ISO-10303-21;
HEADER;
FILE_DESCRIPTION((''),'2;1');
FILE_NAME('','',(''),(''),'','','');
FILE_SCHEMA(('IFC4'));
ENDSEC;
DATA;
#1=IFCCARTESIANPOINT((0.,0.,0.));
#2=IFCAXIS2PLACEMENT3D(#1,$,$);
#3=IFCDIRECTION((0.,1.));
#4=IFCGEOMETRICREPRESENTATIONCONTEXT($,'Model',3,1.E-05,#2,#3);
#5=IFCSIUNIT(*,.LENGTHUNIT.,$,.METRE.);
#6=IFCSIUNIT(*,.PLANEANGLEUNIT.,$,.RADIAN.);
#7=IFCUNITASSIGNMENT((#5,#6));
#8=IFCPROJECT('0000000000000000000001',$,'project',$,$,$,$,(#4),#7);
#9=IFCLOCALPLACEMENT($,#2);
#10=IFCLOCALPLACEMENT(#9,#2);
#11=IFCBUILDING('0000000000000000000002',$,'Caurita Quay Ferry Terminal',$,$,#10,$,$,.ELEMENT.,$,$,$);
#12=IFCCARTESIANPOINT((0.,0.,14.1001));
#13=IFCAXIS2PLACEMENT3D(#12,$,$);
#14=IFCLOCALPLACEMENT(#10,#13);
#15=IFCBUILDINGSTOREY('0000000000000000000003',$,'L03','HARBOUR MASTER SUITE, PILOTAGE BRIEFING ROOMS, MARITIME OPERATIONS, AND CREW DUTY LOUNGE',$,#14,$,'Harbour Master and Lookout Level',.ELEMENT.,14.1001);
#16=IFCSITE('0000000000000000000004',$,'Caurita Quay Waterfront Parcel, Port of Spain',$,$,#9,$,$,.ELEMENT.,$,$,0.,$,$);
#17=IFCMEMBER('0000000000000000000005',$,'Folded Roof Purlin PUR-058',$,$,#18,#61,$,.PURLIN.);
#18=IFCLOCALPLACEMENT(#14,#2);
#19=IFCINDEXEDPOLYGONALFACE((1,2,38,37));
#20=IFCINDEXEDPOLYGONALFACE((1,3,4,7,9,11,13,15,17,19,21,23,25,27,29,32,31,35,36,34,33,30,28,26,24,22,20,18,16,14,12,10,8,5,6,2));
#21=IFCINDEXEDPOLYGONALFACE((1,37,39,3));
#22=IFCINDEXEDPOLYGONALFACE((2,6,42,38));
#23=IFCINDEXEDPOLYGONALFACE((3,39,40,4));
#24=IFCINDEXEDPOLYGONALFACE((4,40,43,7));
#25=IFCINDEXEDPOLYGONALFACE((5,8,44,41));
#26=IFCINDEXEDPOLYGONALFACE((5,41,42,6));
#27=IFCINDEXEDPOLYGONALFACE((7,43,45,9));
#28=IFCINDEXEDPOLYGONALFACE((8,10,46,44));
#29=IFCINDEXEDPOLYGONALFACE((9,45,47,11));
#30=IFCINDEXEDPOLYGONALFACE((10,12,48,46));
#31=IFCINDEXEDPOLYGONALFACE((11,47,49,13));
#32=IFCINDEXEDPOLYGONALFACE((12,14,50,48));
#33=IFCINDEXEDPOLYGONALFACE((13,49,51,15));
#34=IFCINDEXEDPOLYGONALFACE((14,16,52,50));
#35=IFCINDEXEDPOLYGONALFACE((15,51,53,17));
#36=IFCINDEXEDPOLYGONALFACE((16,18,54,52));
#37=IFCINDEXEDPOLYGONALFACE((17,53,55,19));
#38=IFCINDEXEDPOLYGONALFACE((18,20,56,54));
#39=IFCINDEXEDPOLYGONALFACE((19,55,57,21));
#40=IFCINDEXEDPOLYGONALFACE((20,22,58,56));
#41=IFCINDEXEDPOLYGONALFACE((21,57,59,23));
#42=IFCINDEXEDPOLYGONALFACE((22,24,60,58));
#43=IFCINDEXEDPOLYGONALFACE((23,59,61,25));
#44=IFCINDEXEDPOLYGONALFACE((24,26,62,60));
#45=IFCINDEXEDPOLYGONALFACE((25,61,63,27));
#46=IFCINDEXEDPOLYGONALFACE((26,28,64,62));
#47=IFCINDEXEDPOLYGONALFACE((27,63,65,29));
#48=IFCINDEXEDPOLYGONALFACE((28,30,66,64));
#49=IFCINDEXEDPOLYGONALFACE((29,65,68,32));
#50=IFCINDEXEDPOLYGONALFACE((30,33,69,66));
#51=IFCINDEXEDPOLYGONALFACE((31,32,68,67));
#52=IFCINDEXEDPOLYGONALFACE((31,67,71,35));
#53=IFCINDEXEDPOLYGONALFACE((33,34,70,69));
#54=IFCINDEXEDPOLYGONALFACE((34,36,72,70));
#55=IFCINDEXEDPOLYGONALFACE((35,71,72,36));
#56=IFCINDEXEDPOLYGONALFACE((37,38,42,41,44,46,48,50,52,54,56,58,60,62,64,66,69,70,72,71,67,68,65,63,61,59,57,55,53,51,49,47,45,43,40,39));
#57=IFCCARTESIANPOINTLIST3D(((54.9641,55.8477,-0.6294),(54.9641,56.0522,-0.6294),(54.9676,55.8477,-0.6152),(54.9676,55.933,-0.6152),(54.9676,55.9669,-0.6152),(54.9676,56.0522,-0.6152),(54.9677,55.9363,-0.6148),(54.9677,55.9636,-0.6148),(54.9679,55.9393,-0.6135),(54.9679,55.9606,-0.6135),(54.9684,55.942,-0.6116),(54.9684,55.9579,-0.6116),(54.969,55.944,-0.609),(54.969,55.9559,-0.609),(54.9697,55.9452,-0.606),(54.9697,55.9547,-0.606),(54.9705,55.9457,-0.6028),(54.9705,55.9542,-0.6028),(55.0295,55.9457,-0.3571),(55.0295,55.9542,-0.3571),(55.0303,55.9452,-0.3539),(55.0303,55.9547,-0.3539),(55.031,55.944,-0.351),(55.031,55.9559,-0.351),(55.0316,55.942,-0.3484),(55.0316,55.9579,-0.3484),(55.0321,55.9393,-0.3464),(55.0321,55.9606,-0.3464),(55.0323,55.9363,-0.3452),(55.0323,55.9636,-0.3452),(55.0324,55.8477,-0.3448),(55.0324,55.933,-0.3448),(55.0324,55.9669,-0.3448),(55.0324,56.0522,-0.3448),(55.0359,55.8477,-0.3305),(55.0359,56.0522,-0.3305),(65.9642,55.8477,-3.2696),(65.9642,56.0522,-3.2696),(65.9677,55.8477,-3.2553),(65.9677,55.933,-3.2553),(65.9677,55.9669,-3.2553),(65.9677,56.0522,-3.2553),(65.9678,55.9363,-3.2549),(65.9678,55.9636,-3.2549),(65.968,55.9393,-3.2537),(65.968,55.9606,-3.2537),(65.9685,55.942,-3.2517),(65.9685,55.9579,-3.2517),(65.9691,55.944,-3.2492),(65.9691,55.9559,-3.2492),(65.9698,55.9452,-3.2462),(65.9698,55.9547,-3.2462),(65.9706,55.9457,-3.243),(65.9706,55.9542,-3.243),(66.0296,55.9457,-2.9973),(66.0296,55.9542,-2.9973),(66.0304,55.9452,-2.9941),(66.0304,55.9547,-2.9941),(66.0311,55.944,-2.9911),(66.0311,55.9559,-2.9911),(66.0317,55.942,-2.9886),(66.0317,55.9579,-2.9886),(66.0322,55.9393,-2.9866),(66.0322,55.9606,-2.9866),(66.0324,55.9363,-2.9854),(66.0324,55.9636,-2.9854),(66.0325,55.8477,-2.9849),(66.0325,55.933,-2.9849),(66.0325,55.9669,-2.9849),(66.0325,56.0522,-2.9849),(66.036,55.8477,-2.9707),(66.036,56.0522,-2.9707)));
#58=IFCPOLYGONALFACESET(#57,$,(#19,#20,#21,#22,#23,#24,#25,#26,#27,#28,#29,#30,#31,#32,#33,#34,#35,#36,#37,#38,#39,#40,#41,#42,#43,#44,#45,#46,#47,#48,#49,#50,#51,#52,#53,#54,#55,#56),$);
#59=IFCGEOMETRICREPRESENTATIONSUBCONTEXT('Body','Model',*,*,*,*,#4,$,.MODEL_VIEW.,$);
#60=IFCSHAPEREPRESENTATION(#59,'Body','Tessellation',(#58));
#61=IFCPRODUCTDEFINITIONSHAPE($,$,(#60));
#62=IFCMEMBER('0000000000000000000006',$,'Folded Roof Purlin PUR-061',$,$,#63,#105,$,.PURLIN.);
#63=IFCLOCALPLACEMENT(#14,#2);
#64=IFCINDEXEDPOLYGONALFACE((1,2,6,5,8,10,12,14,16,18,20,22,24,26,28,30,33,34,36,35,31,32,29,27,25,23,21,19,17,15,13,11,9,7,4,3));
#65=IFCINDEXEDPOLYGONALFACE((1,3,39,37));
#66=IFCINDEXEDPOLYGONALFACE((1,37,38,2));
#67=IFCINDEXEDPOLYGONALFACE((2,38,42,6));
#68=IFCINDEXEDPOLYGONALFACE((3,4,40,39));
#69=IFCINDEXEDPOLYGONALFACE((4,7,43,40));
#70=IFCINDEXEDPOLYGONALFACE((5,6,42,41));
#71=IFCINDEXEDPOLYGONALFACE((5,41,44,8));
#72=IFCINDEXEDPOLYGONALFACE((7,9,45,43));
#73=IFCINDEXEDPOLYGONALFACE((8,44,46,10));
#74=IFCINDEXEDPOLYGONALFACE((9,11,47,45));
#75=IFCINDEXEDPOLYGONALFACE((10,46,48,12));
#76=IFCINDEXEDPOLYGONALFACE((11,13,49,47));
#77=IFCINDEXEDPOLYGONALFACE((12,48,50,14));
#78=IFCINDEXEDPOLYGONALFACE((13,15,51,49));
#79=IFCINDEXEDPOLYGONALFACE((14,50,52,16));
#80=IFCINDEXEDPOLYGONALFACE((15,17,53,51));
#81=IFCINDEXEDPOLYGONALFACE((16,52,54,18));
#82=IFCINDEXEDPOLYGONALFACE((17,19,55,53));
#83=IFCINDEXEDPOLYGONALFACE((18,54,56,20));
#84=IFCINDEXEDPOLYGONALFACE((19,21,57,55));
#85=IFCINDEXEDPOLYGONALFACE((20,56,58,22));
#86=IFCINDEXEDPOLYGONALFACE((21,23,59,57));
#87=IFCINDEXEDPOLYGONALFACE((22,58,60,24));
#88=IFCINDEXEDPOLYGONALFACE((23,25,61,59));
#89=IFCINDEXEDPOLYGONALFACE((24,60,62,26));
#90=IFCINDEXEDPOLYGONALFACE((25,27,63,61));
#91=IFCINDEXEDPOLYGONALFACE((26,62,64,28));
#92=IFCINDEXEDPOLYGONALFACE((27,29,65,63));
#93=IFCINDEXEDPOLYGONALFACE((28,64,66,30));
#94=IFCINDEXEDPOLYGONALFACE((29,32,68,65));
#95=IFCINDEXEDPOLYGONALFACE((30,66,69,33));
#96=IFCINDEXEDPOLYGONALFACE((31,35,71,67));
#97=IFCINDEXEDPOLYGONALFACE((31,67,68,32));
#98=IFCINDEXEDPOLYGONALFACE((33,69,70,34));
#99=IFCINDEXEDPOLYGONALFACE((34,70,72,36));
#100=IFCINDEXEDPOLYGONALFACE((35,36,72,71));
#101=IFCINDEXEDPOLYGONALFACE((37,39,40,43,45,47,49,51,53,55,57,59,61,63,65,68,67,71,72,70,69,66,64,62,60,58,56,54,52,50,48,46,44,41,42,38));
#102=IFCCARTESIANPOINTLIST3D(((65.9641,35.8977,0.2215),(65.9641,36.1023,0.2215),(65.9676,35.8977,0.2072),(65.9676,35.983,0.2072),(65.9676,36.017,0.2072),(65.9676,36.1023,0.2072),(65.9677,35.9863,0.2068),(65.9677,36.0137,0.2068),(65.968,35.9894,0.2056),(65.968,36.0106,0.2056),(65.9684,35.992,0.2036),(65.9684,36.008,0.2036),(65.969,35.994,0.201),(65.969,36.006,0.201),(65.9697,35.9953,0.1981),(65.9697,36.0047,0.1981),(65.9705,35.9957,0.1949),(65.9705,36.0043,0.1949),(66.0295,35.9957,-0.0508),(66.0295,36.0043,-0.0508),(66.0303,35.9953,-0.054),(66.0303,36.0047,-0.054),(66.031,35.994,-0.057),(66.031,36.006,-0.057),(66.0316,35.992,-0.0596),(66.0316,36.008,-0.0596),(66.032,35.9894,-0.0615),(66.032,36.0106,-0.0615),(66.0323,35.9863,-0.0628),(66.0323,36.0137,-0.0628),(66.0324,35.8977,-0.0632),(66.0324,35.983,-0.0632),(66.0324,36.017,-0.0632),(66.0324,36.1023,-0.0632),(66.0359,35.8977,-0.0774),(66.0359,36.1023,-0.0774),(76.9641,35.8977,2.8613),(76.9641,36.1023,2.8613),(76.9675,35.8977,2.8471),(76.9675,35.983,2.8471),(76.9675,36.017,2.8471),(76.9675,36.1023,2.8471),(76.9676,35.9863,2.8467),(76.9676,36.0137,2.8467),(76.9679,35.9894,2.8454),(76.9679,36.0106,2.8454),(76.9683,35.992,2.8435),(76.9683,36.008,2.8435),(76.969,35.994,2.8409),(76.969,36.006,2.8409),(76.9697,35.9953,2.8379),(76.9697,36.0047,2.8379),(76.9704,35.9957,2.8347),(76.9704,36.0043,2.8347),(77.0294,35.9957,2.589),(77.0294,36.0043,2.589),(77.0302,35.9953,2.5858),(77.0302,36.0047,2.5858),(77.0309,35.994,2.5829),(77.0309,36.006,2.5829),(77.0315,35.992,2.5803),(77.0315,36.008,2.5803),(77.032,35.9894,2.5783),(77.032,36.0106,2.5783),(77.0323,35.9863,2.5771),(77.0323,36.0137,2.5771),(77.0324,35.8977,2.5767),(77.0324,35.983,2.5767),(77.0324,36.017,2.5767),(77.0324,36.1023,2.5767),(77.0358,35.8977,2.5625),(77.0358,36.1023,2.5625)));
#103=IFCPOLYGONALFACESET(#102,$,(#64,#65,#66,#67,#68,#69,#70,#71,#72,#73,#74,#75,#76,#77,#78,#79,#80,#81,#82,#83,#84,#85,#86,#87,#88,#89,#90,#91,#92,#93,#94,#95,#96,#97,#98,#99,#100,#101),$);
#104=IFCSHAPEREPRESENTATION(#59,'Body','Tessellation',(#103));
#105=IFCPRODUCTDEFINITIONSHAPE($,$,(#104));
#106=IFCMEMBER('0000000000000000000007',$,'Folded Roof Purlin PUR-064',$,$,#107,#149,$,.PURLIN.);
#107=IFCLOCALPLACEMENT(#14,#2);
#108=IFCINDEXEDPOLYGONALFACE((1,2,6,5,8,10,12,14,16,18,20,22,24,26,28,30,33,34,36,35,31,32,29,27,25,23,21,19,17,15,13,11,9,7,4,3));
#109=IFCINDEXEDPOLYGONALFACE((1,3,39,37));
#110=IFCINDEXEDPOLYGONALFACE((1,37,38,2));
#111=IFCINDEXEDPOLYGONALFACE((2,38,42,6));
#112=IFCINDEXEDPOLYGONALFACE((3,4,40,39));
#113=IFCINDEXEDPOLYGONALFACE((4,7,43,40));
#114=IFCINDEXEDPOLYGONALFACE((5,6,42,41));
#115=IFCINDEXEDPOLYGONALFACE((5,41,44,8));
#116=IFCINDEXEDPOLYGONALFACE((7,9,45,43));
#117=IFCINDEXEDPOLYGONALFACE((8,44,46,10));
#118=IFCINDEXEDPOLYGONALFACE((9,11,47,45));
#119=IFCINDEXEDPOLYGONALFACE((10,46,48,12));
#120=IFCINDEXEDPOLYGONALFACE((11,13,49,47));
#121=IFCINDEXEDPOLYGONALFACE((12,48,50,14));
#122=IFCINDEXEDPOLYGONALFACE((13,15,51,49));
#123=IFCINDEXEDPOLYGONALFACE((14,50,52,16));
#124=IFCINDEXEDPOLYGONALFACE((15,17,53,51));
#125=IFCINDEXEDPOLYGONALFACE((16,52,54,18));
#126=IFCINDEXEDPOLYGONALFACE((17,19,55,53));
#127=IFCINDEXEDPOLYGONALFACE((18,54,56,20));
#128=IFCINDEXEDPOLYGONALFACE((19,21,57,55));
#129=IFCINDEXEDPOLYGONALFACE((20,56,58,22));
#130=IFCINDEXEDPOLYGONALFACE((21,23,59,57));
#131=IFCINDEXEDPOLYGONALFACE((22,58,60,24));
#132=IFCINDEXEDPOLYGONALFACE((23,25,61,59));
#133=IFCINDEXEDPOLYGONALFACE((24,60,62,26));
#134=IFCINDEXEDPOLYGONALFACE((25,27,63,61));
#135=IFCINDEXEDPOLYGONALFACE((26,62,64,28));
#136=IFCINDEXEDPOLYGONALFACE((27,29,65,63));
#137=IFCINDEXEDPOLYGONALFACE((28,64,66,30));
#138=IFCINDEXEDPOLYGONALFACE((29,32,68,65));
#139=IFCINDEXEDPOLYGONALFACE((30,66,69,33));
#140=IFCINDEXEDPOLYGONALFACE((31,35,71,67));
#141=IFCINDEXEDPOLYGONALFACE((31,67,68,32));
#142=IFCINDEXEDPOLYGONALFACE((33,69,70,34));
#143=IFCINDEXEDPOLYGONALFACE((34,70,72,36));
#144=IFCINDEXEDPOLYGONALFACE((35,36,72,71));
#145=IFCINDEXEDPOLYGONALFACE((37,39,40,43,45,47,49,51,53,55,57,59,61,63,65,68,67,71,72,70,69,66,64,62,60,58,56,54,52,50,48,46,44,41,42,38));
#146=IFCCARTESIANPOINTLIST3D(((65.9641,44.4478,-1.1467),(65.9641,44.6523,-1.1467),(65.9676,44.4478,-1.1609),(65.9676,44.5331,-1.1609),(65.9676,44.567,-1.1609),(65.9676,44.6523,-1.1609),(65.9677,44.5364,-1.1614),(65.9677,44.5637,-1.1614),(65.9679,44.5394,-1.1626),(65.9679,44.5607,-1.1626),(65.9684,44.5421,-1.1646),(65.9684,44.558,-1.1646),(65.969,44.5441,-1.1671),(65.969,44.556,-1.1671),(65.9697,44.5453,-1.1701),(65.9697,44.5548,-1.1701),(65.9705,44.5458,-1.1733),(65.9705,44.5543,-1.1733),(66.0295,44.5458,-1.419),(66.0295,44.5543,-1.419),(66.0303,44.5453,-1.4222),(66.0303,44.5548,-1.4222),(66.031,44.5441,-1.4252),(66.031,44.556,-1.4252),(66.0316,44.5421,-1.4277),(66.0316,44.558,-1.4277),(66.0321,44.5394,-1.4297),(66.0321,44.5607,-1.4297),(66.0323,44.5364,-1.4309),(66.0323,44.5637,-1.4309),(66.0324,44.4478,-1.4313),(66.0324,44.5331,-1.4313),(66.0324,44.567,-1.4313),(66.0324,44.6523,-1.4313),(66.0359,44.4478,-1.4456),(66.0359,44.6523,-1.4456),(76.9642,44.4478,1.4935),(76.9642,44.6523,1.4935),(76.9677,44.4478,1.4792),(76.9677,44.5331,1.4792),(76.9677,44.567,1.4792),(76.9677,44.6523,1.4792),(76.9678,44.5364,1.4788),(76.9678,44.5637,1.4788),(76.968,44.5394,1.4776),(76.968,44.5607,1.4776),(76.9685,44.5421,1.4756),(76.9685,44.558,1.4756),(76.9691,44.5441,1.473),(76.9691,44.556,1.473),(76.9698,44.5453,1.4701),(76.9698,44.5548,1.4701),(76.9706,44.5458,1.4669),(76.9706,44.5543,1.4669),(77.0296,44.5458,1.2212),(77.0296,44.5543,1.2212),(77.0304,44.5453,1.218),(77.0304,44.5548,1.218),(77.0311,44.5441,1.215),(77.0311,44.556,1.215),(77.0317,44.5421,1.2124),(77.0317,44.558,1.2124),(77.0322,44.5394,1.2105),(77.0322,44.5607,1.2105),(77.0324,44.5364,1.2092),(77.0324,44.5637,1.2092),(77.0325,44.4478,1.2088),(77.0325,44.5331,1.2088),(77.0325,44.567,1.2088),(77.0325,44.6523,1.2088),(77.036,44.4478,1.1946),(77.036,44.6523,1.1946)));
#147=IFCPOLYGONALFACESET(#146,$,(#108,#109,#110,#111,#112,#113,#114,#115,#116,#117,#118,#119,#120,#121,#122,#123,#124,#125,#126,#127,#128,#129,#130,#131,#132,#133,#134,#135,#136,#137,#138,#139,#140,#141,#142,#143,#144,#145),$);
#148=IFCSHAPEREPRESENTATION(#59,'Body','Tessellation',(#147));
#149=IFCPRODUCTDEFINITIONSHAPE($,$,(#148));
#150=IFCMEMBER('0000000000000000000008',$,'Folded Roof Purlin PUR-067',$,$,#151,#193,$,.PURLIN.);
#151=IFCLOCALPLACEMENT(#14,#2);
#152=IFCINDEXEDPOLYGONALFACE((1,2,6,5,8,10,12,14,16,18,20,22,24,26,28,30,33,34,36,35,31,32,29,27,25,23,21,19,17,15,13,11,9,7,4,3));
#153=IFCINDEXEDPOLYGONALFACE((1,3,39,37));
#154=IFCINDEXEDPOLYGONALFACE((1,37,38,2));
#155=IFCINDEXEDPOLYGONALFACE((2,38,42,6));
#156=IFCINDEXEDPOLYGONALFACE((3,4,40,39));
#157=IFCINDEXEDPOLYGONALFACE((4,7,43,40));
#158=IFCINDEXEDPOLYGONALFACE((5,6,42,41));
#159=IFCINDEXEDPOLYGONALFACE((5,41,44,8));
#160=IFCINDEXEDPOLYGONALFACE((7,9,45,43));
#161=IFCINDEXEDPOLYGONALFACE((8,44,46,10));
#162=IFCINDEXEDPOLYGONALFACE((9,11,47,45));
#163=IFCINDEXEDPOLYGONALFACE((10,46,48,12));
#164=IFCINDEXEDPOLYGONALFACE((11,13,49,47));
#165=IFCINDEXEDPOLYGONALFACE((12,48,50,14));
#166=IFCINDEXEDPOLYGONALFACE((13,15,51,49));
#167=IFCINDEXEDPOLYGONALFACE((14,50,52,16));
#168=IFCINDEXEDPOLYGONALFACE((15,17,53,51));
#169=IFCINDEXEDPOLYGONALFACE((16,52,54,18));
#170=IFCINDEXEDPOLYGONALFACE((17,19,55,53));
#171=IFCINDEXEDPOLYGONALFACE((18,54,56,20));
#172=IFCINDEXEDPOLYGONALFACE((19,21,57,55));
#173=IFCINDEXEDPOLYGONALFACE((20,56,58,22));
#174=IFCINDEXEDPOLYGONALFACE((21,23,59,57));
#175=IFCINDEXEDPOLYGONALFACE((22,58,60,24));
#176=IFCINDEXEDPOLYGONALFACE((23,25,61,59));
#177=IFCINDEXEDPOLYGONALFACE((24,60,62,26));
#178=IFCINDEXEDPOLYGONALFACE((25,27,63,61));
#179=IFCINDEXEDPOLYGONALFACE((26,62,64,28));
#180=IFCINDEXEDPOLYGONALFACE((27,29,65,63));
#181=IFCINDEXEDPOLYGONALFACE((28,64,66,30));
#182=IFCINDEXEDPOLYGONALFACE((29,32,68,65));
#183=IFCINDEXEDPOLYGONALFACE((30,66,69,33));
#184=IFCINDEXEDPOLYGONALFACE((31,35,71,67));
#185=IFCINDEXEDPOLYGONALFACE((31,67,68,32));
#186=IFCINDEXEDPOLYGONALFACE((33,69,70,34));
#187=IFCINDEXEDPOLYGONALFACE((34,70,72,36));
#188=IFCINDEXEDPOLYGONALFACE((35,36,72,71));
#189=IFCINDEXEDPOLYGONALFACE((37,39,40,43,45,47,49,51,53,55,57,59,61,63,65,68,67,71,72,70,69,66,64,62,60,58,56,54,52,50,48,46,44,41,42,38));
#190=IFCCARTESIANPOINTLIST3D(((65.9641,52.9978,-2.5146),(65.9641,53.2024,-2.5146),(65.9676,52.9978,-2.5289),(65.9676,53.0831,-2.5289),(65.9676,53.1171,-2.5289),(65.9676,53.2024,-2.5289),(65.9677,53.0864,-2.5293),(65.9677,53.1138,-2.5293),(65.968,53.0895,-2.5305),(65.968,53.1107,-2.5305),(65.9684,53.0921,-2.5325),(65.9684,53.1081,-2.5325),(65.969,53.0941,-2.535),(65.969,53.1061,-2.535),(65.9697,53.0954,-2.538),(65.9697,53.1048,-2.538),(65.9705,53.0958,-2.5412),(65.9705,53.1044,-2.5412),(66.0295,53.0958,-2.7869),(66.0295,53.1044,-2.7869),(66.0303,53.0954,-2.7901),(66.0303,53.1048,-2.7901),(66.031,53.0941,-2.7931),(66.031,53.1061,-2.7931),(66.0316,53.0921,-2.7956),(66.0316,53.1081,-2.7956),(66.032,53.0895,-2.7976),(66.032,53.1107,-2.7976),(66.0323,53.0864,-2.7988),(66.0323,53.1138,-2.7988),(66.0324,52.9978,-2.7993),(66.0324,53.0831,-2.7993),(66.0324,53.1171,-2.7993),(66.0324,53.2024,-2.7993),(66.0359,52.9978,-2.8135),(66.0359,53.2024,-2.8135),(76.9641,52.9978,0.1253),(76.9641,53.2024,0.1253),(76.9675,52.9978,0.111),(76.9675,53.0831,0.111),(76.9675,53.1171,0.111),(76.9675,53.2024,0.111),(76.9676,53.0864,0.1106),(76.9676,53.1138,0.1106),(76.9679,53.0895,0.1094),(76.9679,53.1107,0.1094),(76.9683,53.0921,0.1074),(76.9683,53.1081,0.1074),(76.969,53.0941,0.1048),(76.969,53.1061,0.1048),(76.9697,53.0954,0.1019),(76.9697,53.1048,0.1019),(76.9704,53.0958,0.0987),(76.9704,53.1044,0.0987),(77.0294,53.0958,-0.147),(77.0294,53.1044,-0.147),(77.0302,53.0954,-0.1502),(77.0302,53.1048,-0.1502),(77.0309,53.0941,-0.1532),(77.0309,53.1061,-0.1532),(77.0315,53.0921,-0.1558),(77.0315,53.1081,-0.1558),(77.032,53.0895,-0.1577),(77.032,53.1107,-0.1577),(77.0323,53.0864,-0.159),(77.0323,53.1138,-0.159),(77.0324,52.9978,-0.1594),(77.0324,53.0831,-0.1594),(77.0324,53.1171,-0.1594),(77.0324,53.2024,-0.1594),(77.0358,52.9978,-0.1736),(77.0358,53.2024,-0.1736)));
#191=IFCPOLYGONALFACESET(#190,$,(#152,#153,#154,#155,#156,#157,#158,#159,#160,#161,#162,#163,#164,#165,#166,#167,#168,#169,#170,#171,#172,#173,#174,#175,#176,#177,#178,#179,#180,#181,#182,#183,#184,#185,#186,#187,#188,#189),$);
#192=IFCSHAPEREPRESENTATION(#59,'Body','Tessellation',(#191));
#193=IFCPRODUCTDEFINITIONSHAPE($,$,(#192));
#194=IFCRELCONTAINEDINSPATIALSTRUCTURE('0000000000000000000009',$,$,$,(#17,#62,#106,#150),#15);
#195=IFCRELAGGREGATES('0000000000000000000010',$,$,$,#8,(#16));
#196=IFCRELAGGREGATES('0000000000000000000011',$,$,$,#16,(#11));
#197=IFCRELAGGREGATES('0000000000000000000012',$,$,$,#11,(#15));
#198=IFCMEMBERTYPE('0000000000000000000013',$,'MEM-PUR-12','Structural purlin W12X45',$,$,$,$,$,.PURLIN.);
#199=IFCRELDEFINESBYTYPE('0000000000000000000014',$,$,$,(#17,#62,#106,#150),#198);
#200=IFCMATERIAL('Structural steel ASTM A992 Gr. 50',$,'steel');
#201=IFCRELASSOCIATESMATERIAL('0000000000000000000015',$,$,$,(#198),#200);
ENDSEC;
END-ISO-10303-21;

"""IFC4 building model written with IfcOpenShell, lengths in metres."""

from ifc_helpers import new_model, si_unit, direction, frame, origin, origin_2d, place, context, subcontext, project, spatial, i_section, extrude, material, material_profile, profile_set, type_object, element, save


model = new_model("IFC4")

# Units and contexts
model_context = context("Model", 3, precision=1e-05, world=origin(), true_north=direction((0.0, 1.0)))
body_context = subcontext(model_context, "Body", "Model", "MODEL_VIEW")
ifc_project = project(units=[si_unit("LENGTHUNIT", "METRE"), si_unit("PLANEANGLEUNIT", "RADIAN")], contexts=[model_context])

# Site, building, storey
site_placement = place(None, origin())
site = spatial("IfcSite", under=ifc_project, at=site_placement, Name="Caurita Quay Waterfront Parcel, Port of Spain", CompositionType="ELEMENT", RefElevation=0.0)
building_placement = place(site_placement, origin())
building = spatial("IfcBuilding", under=site, at=building_placement, Name="Caurita Quay Ferry Terminal", CompositionType="ELEMENT")
storey_placement = place(building_placement, frame((0.0, 0.0, 14.1001)))
storey = spatial("IfcBuildingStorey", under=building, at=storey_placement, Name="L03", Description="HARBOUR MASTER SUITE, PILOTAGE BRIEFING ROOMS, MARITIME OPERATIONS, AND CREW DUTY LOUNGE", LongName="Harbour Master and Lookout Level", CompositionType="ELEMENT", Elevation=14.1001)

# Shared definitions
ifc_material_1 = material(Name="Structural steel ASTM A992 Gr. 50", Category="steel")

# Members
ifc_material_profile_1 = material_profile(ifc_material_1, i_section(OverallWidth=0.2046, OverallDepth=0.3074, WebThickness=0.0085, FlangeThickness=0.0146, FilletRadius=0.0127, at=origin_2d()), Name="W12X45")
ifc_profile_set_1 = profile_set([ifc_material_profile_1], Name="Structural steel ASTM A992 Gr. 50")
member_type_1 = type_object("IfcMemberType", Name="MEM-PUR-12", Description="Structural purlin W12X45", PredefinedType="PURLIN", material=ifc_profile_set_1)
member_1_placement = place(storey_placement, frame((55.0, 55.95, -0.48), z_axis=(0.972385, 0.0, -0.233384), x_axis=(0.0, 1.0, 0.0)))
element("IfcMember", 1, at=member_1_placement, inside=storey, type_object=member_type_1, Name="Folded Roof Purlin PUR-058", PredefinedType="PURLIN", context=body_context, shape_type="SweptSolid", body=[
    extrude(i_section(OverallWidth=0.2046, OverallDepth=0.3074, WebThickness=0.0085, FlangeThickness=0.0146, FilletRadius=0.0127, at=origin_2d()), origin(), (0.0, 0.0, 1.0), 11.3125),
])
member_2_placement = place(storey_placement, frame((66.0, 36.0, 0.072), z_axis=(0.972389, 0.0, 0.233364), x_axis=(0.0, 1.0, 0.0)))
element("IfcMember", 2, at=member_2_placement, inside=storey, type_object=member_type_1, Name="Folded Roof Purlin PUR-061", PredefinedType="PURLIN", context=body_context, shape_type="SweptSolid", body=[
    extrude(i_section(OverallWidth=0.2046, OverallDepth=0.3074, WebThickness=0.0085, FlangeThickness=0.0146, FilletRadius=0.0127, at=origin_2d()), origin(), (0.0, 0.0, 1.0), 11.3123),
])
member_3_placement = place(storey_placement, frame((66.0, 44.55, -1.2961), z_axis=(0.972385, 0.0, 0.233384), x_axis=(0.0, 1.0, 0.0)))
element("IfcMember", 3, at=member_3_placement, inside=storey, type_object=member_type_1, Name="Folded Roof Purlin PUR-064", PredefinedType="PURLIN", context=body_context, shape_type="SweptSolid", body=[
    extrude(i_section(OverallWidth=0.2046, OverallDepth=0.3074, WebThickness=0.0085, FlangeThickness=0.0146, FilletRadius=0.0127, at=origin_2d()), origin(), (0.0, 0.0, 1.0), 11.3125),
])
member_4_placement = place(storey_placement, frame((66.0, 53.1001, -2.6641), z_axis=(0.972389, 0.0, 0.233364), x_axis=(0.0, 1.0, 0.0)))
element("IfcMember", 4, at=member_4_placement, inside=storey, type_object=member_type_1, Name="Folded Roof Purlin PUR-067", PredefinedType="PURLIN", context=body_context, shape_type="SweptSolid", body=[
    extrude(i_section(OverallWidth=0.2046, OverallDepth=0.3074, WebThickness=0.0085, FlangeThickness=0.0146, FilletRadius=0.0127, at=origin_2d()), origin(), (0.0, 0.0, 1.0), 11.3123),
])

save(model, "model.ifc")
